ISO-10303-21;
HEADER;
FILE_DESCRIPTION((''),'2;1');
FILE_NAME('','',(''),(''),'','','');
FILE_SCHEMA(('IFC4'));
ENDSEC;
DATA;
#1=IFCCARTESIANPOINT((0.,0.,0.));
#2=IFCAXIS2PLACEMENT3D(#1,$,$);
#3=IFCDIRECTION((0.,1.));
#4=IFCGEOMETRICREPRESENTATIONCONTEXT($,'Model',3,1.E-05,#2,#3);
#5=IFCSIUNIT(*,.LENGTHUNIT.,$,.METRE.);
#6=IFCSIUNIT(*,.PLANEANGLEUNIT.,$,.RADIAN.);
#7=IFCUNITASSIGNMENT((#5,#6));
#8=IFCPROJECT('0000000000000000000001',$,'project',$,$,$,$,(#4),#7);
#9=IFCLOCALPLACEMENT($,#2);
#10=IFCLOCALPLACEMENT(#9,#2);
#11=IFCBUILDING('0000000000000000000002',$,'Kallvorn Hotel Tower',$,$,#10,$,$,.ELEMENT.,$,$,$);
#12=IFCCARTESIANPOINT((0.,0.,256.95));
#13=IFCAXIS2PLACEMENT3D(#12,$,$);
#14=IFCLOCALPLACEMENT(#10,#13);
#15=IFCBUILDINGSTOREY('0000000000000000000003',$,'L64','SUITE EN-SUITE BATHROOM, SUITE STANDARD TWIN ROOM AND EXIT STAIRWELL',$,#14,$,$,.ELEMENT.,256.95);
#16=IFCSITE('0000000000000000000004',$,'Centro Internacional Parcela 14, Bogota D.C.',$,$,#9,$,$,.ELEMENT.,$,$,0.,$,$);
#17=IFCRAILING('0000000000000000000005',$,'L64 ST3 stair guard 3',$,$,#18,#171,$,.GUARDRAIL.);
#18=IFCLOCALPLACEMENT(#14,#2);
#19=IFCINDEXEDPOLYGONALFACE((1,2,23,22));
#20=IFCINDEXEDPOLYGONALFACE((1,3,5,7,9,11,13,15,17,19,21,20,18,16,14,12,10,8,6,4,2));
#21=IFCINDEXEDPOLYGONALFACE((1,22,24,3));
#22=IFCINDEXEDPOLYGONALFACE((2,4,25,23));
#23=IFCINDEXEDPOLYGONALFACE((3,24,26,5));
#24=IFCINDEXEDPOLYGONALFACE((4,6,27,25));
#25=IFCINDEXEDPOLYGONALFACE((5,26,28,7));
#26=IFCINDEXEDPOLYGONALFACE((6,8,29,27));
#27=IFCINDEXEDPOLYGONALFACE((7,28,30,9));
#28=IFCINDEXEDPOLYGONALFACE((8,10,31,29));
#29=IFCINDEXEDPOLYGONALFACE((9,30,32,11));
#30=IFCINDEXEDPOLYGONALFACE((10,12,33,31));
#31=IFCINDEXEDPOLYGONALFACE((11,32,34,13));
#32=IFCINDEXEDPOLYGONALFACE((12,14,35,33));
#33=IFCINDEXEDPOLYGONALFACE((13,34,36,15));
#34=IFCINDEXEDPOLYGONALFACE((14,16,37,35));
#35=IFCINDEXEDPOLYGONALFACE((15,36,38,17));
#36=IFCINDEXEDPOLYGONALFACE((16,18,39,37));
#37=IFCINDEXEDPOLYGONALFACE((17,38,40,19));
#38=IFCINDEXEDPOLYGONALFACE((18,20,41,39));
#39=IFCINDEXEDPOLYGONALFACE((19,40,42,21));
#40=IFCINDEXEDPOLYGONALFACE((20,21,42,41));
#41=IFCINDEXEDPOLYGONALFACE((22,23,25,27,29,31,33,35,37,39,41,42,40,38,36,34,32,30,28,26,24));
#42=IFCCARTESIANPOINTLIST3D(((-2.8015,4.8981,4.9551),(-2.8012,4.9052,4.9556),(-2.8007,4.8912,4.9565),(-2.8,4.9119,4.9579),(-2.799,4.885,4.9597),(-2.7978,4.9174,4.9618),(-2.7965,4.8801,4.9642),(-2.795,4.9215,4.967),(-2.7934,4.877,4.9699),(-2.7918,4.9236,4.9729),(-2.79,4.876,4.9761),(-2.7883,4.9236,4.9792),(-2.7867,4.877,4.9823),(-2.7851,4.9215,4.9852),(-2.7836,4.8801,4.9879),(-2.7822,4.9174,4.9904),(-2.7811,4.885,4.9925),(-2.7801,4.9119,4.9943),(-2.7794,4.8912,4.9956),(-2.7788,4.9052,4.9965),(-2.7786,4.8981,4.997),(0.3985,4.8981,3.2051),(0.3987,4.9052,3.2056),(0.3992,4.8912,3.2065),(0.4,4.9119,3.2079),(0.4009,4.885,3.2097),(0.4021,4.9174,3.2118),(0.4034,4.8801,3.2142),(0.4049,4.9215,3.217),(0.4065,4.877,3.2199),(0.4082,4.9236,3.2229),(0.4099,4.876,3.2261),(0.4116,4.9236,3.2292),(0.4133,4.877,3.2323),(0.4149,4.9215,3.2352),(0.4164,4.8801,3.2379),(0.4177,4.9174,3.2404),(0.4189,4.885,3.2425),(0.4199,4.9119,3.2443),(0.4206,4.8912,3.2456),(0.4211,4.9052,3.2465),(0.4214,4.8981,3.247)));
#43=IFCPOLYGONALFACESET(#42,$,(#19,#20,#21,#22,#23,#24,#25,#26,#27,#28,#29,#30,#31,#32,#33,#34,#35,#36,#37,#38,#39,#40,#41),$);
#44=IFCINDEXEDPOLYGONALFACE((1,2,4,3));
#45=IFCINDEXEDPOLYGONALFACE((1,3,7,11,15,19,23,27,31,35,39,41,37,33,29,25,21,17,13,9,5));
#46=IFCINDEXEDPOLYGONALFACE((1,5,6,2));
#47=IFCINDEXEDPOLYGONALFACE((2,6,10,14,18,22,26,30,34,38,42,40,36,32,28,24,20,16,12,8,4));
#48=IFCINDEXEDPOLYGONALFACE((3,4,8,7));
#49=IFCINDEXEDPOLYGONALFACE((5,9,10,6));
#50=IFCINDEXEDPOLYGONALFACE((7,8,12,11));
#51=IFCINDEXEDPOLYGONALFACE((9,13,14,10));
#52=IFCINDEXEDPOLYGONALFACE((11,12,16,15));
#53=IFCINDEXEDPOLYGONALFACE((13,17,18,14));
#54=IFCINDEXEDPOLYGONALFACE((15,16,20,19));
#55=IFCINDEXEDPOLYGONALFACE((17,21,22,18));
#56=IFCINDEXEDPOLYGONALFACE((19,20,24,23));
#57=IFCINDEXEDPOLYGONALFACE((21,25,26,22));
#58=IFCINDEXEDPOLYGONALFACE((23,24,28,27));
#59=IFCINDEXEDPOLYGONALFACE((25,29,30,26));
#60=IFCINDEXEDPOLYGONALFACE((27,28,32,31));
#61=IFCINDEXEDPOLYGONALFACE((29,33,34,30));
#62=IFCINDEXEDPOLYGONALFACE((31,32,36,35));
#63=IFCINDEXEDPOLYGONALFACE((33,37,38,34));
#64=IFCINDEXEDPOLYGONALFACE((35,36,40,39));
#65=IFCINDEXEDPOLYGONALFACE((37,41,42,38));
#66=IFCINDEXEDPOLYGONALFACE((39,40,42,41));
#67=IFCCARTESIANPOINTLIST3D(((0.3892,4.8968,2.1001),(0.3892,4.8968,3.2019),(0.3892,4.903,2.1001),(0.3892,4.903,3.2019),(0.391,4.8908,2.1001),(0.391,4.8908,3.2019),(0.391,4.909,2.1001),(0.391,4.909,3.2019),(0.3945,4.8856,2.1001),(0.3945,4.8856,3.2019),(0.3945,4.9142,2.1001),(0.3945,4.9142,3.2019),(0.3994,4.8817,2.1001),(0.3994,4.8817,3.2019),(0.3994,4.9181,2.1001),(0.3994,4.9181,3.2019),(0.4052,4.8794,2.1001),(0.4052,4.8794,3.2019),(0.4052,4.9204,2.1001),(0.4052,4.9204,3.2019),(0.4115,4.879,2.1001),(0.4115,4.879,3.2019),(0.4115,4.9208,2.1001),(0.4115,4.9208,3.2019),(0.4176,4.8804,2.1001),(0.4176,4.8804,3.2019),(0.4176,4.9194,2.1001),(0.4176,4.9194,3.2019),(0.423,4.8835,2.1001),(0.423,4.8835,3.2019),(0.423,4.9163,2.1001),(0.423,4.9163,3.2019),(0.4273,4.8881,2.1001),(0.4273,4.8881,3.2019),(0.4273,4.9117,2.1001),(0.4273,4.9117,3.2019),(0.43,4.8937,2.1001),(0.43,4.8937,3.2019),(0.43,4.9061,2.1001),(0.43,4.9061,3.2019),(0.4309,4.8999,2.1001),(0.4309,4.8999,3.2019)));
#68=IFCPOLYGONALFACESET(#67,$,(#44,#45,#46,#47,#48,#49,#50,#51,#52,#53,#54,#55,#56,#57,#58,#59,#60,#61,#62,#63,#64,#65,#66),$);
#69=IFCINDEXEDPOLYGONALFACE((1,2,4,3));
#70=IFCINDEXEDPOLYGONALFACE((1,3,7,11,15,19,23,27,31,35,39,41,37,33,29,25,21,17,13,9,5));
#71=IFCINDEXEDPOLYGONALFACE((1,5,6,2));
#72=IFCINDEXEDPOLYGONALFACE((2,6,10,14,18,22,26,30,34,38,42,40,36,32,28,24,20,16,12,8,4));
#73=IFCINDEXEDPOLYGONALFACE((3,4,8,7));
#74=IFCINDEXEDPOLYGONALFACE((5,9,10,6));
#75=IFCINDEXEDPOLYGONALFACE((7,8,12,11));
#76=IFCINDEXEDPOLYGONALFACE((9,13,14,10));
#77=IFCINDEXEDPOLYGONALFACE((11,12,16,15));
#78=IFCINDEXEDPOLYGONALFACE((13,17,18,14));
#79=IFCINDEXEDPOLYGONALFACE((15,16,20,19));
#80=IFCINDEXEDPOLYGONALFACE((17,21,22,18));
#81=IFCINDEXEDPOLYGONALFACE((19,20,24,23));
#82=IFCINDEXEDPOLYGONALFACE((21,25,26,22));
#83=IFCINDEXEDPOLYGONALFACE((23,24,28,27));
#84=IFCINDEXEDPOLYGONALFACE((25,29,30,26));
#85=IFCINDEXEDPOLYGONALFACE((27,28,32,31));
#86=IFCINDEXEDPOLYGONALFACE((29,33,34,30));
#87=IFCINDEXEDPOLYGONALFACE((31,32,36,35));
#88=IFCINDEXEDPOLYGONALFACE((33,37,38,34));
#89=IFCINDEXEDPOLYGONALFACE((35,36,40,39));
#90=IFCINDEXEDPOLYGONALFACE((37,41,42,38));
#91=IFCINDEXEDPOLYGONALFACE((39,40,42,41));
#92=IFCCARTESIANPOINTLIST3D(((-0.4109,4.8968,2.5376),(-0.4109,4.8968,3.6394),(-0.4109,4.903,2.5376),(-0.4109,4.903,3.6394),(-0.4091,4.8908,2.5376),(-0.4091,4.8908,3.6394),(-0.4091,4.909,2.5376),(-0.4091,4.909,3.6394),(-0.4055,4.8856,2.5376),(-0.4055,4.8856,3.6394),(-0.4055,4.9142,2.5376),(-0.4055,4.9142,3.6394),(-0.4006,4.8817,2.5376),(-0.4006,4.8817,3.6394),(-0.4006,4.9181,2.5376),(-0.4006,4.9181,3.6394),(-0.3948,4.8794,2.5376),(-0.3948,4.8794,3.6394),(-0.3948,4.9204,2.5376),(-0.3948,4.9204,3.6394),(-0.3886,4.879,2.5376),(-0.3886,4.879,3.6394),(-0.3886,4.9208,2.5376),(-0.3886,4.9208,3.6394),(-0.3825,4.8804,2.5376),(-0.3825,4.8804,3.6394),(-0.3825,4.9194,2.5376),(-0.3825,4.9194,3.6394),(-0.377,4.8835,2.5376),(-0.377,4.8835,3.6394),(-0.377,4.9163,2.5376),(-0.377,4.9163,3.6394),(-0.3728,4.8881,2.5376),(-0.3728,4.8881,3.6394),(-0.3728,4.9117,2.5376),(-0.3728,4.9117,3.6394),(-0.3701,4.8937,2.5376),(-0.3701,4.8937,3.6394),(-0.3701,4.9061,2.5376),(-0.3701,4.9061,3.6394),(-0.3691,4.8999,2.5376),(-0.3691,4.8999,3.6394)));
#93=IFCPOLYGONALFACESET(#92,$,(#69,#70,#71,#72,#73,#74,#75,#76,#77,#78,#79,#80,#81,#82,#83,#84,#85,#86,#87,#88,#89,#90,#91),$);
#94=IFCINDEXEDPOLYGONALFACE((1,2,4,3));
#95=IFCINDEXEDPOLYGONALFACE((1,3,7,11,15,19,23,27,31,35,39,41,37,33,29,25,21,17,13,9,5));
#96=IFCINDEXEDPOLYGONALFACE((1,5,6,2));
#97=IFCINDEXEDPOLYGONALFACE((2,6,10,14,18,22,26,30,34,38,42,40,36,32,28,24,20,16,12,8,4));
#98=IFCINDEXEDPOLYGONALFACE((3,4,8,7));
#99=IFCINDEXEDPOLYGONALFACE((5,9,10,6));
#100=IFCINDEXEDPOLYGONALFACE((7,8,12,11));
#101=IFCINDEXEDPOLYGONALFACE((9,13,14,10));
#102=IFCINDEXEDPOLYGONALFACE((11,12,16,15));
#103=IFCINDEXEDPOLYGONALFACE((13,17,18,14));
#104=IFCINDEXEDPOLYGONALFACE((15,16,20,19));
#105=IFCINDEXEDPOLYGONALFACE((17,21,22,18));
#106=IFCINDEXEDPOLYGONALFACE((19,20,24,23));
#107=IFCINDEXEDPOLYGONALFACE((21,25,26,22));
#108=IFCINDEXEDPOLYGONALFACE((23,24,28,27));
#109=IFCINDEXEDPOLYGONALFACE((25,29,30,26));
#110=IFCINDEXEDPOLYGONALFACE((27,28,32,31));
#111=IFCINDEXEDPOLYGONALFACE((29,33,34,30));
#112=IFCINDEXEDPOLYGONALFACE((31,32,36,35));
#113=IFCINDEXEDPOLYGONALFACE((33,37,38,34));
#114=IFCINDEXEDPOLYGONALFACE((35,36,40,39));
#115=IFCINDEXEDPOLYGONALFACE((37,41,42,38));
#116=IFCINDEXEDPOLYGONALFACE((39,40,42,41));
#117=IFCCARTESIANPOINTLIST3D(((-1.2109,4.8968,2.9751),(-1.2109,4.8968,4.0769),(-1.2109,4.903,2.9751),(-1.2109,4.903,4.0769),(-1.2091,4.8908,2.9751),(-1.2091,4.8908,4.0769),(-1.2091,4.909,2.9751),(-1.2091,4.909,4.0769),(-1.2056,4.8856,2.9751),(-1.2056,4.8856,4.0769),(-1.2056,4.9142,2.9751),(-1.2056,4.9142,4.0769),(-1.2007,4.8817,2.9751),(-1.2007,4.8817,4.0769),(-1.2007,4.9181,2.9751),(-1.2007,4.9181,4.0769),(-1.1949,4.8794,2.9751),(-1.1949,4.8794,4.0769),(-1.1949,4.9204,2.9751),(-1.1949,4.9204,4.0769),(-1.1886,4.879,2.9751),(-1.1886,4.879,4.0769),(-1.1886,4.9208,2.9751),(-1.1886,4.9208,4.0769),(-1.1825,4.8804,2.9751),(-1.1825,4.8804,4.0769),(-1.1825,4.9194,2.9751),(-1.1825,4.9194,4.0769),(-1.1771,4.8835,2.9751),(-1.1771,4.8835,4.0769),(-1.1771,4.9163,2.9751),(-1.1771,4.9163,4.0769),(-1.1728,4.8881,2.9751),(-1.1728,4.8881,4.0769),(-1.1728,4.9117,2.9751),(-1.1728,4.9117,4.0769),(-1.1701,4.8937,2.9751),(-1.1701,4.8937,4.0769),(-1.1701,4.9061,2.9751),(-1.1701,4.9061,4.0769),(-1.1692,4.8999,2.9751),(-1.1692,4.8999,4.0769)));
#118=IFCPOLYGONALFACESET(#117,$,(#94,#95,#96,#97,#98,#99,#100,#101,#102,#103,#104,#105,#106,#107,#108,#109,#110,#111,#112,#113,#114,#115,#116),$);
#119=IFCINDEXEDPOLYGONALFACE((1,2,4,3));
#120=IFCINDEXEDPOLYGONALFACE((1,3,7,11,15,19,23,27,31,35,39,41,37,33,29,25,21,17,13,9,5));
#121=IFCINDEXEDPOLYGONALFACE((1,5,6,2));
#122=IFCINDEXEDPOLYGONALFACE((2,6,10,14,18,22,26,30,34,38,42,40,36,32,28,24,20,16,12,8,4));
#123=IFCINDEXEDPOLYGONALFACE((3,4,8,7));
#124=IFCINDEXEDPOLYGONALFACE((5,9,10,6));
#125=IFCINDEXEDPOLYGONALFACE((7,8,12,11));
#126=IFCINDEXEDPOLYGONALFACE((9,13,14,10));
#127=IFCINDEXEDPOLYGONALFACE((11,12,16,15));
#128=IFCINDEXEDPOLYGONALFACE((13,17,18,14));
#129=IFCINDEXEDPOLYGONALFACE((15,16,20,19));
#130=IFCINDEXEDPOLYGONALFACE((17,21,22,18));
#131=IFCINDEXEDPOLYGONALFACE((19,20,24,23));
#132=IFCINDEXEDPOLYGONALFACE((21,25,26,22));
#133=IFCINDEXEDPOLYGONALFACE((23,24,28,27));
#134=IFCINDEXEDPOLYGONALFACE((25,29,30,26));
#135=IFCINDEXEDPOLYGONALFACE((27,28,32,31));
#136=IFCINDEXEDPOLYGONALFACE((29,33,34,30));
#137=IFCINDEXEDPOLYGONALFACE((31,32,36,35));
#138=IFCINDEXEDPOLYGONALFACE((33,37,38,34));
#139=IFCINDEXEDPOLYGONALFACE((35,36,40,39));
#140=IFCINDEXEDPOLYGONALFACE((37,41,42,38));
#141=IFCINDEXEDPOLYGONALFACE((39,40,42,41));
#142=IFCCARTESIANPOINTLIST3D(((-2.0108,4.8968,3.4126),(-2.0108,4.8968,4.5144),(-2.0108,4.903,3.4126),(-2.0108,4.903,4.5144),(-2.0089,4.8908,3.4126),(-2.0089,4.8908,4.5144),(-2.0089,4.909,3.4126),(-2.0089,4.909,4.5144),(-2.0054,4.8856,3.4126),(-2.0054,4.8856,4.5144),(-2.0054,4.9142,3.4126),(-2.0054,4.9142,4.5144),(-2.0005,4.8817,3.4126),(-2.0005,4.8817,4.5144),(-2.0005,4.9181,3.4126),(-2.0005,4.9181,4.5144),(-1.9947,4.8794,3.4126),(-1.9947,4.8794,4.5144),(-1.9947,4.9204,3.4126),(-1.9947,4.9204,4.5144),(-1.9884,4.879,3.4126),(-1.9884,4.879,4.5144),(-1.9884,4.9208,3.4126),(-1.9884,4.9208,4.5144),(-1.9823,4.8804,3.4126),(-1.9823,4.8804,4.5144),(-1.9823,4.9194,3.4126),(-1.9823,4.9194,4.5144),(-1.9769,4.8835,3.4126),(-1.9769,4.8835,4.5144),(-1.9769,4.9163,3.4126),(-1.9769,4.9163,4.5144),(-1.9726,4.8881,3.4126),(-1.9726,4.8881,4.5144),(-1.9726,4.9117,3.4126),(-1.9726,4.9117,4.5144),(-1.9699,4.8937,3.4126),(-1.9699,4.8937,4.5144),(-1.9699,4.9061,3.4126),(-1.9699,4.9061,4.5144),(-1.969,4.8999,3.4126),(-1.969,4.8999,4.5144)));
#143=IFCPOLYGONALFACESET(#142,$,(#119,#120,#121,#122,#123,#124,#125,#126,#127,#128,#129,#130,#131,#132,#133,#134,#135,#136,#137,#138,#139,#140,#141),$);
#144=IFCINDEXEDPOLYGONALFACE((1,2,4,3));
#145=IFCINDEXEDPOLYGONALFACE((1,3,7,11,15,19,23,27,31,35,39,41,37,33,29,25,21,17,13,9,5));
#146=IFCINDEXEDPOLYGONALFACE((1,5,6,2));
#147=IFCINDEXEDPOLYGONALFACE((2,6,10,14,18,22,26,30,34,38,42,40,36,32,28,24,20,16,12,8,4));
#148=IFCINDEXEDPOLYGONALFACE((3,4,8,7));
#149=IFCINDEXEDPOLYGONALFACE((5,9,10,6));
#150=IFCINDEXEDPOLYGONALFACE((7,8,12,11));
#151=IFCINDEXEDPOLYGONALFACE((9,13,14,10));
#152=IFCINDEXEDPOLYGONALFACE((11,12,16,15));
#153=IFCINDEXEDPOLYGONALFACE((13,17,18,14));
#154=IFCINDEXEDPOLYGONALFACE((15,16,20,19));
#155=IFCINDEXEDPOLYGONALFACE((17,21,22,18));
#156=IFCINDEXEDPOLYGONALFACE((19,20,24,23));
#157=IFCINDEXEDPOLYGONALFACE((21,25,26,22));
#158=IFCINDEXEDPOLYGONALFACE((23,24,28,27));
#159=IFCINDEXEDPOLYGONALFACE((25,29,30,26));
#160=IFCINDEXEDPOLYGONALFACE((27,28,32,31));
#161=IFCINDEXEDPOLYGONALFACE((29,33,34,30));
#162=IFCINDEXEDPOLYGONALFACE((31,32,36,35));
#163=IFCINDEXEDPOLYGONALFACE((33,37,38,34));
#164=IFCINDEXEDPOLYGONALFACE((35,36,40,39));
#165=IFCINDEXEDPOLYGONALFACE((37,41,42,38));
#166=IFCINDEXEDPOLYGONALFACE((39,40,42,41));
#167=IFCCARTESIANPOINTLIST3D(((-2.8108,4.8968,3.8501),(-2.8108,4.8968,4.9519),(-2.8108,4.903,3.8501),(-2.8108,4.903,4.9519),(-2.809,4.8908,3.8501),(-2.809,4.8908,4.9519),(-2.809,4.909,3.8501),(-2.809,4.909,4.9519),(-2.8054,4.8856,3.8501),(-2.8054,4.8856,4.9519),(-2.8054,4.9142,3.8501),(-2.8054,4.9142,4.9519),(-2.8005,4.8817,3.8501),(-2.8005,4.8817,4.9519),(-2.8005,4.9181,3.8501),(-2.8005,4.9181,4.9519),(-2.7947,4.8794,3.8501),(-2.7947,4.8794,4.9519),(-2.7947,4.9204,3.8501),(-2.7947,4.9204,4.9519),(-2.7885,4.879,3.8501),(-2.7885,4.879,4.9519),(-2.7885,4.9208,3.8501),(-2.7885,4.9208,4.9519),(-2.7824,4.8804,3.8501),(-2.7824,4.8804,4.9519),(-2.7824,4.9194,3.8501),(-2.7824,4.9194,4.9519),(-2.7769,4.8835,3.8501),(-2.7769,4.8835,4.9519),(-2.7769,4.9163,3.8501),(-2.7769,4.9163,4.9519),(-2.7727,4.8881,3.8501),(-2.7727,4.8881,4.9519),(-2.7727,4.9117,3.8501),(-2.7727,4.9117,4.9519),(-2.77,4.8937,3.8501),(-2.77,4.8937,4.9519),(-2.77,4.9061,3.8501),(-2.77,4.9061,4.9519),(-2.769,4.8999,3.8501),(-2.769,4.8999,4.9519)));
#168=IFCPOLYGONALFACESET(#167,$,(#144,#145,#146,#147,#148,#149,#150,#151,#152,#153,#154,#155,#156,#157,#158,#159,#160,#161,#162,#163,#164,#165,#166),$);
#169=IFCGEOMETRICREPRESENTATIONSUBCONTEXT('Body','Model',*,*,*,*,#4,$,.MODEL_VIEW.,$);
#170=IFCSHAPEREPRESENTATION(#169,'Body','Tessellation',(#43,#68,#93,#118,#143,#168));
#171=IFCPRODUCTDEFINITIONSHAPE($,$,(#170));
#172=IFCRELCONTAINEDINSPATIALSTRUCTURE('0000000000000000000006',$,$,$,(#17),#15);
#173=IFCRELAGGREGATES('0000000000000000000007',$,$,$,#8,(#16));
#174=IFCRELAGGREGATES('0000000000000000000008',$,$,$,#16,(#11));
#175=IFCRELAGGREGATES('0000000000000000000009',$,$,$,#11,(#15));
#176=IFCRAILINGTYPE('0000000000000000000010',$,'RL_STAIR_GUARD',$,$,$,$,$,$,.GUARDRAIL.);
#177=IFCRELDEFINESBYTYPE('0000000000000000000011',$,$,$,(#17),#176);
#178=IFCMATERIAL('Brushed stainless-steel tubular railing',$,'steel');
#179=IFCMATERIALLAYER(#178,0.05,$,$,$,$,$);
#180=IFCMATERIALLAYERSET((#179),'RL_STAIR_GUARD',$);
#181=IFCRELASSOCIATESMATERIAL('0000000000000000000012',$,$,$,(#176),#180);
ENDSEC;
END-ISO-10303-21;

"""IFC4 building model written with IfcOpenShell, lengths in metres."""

from ifc_helpers import new_model, si_unit, direction, frame, origin, origin_2d, place, context, subcontext, project, spatial, circle, extrude, material, layer, layer_set, type_object, element, save


model = new_model("IFC4")

# Units and contexts
model_context = context("Model", 3, precision=1e-05, world=origin(), true_north=direction((0.0, 1.0)))
body_context = subcontext(model_context, "Body", "Model", "MODEL_VIEW")
ifc_project = project(units=[si_unit("LENGTHUNIT", "METRE"), si_unit("PLANEANGLEUNIT", "RADIAN")], contexts=[model_context])

# Site, building, storey
site_placement = place(None, origin())
site = spatial("IfcSite", under=ifc_project, at=site_placement, Name="Centro Internacional Parcela 14, Bogota D.C.", CompositionType="ELEMENT", RefElevation=0.0)
building_placement = place(site_placement, origin())
building = spatial("IfcBuilding", under=site, at=building_placement, Name="Kallvorn Hotel Tower", CompositionType="ELEMENT")
storey_placement = place(building_placement, frame((0.0, 0.0, 256.95)))
storey = spatial("IfcBuildingStorey", under=building, at=storey_placement, Name="L64", Description="SUITE EN-SUITE BATHROOM, SUITE STANDARD TWIN ROOM AND EXIT STAIRWELL", CompositionType="ELEMENT", Elevation=256.95)

# Railing
ifc_material_1 = material(Name="Brushed stainless-steel tubular railing", Category="steel")
ifc_layer_1 = layer(ifc_material_1, 0.05)
ifc_layer_set_1 = layer_set([ifc_layer_1], Name="RL_STAIR_GUARD")
railing_type_1 = type_object("IfcRailingType", Name="RL_STAIR_GUARD", PredefinedType="GUARDRAIL", material=ifc_layer_set_1)
railing_1_placement = place(storey_placement, frame((0.4099, 4.8999, 2.1001)))
element("IfcRailing", 1, at=railing_1_placement, inside=storey, type_object=railing_type_1, Name="L64 ST3 stair guard 3", PredefinedType="GUARDRAIL", context=body_context, shape_type="SweptSolid", body=[
    extrude(circle(Radius=0.0239, at=origin_2d()), frame((0.0, 0.0, 1.126), z_axis=(-0.877368, 0.0, 0.479818), x_axis=(0.0, -1.0, 0.0)), (0.0, 0.0, 1.0), 3.6472),
    extrude(circle(Radius=0.021, at=origin_2d()), origin(), (0.0, 0.0, 1.0), 1.1018),
    extrude(circle(Radius=0.021, at=origin_2d()), frame((-0.8, 0.0, 0.4375)), (0.0, 0.0, 1.0), 1.1018),
    extrude(circle(Radius=0.021, at=origin_2d()), frame((-1.6001, 0.0, 0.875)), (0.0, 0.0, 1.0), 1.1018),
    extrude(circle(Radius=0.021, at=origin_2d()), frame((-2.3999, 0.0, 1.3125)), (0.0, 0.0, 1.0), 1.1018),
    extrude(circle(Radius=0.021, at=origin_2d()), frame((-3.2, 0.0, 1.75)), (0.0, 0.0, 1.0), 1.1018),
])

save(model, "model.ifc")
